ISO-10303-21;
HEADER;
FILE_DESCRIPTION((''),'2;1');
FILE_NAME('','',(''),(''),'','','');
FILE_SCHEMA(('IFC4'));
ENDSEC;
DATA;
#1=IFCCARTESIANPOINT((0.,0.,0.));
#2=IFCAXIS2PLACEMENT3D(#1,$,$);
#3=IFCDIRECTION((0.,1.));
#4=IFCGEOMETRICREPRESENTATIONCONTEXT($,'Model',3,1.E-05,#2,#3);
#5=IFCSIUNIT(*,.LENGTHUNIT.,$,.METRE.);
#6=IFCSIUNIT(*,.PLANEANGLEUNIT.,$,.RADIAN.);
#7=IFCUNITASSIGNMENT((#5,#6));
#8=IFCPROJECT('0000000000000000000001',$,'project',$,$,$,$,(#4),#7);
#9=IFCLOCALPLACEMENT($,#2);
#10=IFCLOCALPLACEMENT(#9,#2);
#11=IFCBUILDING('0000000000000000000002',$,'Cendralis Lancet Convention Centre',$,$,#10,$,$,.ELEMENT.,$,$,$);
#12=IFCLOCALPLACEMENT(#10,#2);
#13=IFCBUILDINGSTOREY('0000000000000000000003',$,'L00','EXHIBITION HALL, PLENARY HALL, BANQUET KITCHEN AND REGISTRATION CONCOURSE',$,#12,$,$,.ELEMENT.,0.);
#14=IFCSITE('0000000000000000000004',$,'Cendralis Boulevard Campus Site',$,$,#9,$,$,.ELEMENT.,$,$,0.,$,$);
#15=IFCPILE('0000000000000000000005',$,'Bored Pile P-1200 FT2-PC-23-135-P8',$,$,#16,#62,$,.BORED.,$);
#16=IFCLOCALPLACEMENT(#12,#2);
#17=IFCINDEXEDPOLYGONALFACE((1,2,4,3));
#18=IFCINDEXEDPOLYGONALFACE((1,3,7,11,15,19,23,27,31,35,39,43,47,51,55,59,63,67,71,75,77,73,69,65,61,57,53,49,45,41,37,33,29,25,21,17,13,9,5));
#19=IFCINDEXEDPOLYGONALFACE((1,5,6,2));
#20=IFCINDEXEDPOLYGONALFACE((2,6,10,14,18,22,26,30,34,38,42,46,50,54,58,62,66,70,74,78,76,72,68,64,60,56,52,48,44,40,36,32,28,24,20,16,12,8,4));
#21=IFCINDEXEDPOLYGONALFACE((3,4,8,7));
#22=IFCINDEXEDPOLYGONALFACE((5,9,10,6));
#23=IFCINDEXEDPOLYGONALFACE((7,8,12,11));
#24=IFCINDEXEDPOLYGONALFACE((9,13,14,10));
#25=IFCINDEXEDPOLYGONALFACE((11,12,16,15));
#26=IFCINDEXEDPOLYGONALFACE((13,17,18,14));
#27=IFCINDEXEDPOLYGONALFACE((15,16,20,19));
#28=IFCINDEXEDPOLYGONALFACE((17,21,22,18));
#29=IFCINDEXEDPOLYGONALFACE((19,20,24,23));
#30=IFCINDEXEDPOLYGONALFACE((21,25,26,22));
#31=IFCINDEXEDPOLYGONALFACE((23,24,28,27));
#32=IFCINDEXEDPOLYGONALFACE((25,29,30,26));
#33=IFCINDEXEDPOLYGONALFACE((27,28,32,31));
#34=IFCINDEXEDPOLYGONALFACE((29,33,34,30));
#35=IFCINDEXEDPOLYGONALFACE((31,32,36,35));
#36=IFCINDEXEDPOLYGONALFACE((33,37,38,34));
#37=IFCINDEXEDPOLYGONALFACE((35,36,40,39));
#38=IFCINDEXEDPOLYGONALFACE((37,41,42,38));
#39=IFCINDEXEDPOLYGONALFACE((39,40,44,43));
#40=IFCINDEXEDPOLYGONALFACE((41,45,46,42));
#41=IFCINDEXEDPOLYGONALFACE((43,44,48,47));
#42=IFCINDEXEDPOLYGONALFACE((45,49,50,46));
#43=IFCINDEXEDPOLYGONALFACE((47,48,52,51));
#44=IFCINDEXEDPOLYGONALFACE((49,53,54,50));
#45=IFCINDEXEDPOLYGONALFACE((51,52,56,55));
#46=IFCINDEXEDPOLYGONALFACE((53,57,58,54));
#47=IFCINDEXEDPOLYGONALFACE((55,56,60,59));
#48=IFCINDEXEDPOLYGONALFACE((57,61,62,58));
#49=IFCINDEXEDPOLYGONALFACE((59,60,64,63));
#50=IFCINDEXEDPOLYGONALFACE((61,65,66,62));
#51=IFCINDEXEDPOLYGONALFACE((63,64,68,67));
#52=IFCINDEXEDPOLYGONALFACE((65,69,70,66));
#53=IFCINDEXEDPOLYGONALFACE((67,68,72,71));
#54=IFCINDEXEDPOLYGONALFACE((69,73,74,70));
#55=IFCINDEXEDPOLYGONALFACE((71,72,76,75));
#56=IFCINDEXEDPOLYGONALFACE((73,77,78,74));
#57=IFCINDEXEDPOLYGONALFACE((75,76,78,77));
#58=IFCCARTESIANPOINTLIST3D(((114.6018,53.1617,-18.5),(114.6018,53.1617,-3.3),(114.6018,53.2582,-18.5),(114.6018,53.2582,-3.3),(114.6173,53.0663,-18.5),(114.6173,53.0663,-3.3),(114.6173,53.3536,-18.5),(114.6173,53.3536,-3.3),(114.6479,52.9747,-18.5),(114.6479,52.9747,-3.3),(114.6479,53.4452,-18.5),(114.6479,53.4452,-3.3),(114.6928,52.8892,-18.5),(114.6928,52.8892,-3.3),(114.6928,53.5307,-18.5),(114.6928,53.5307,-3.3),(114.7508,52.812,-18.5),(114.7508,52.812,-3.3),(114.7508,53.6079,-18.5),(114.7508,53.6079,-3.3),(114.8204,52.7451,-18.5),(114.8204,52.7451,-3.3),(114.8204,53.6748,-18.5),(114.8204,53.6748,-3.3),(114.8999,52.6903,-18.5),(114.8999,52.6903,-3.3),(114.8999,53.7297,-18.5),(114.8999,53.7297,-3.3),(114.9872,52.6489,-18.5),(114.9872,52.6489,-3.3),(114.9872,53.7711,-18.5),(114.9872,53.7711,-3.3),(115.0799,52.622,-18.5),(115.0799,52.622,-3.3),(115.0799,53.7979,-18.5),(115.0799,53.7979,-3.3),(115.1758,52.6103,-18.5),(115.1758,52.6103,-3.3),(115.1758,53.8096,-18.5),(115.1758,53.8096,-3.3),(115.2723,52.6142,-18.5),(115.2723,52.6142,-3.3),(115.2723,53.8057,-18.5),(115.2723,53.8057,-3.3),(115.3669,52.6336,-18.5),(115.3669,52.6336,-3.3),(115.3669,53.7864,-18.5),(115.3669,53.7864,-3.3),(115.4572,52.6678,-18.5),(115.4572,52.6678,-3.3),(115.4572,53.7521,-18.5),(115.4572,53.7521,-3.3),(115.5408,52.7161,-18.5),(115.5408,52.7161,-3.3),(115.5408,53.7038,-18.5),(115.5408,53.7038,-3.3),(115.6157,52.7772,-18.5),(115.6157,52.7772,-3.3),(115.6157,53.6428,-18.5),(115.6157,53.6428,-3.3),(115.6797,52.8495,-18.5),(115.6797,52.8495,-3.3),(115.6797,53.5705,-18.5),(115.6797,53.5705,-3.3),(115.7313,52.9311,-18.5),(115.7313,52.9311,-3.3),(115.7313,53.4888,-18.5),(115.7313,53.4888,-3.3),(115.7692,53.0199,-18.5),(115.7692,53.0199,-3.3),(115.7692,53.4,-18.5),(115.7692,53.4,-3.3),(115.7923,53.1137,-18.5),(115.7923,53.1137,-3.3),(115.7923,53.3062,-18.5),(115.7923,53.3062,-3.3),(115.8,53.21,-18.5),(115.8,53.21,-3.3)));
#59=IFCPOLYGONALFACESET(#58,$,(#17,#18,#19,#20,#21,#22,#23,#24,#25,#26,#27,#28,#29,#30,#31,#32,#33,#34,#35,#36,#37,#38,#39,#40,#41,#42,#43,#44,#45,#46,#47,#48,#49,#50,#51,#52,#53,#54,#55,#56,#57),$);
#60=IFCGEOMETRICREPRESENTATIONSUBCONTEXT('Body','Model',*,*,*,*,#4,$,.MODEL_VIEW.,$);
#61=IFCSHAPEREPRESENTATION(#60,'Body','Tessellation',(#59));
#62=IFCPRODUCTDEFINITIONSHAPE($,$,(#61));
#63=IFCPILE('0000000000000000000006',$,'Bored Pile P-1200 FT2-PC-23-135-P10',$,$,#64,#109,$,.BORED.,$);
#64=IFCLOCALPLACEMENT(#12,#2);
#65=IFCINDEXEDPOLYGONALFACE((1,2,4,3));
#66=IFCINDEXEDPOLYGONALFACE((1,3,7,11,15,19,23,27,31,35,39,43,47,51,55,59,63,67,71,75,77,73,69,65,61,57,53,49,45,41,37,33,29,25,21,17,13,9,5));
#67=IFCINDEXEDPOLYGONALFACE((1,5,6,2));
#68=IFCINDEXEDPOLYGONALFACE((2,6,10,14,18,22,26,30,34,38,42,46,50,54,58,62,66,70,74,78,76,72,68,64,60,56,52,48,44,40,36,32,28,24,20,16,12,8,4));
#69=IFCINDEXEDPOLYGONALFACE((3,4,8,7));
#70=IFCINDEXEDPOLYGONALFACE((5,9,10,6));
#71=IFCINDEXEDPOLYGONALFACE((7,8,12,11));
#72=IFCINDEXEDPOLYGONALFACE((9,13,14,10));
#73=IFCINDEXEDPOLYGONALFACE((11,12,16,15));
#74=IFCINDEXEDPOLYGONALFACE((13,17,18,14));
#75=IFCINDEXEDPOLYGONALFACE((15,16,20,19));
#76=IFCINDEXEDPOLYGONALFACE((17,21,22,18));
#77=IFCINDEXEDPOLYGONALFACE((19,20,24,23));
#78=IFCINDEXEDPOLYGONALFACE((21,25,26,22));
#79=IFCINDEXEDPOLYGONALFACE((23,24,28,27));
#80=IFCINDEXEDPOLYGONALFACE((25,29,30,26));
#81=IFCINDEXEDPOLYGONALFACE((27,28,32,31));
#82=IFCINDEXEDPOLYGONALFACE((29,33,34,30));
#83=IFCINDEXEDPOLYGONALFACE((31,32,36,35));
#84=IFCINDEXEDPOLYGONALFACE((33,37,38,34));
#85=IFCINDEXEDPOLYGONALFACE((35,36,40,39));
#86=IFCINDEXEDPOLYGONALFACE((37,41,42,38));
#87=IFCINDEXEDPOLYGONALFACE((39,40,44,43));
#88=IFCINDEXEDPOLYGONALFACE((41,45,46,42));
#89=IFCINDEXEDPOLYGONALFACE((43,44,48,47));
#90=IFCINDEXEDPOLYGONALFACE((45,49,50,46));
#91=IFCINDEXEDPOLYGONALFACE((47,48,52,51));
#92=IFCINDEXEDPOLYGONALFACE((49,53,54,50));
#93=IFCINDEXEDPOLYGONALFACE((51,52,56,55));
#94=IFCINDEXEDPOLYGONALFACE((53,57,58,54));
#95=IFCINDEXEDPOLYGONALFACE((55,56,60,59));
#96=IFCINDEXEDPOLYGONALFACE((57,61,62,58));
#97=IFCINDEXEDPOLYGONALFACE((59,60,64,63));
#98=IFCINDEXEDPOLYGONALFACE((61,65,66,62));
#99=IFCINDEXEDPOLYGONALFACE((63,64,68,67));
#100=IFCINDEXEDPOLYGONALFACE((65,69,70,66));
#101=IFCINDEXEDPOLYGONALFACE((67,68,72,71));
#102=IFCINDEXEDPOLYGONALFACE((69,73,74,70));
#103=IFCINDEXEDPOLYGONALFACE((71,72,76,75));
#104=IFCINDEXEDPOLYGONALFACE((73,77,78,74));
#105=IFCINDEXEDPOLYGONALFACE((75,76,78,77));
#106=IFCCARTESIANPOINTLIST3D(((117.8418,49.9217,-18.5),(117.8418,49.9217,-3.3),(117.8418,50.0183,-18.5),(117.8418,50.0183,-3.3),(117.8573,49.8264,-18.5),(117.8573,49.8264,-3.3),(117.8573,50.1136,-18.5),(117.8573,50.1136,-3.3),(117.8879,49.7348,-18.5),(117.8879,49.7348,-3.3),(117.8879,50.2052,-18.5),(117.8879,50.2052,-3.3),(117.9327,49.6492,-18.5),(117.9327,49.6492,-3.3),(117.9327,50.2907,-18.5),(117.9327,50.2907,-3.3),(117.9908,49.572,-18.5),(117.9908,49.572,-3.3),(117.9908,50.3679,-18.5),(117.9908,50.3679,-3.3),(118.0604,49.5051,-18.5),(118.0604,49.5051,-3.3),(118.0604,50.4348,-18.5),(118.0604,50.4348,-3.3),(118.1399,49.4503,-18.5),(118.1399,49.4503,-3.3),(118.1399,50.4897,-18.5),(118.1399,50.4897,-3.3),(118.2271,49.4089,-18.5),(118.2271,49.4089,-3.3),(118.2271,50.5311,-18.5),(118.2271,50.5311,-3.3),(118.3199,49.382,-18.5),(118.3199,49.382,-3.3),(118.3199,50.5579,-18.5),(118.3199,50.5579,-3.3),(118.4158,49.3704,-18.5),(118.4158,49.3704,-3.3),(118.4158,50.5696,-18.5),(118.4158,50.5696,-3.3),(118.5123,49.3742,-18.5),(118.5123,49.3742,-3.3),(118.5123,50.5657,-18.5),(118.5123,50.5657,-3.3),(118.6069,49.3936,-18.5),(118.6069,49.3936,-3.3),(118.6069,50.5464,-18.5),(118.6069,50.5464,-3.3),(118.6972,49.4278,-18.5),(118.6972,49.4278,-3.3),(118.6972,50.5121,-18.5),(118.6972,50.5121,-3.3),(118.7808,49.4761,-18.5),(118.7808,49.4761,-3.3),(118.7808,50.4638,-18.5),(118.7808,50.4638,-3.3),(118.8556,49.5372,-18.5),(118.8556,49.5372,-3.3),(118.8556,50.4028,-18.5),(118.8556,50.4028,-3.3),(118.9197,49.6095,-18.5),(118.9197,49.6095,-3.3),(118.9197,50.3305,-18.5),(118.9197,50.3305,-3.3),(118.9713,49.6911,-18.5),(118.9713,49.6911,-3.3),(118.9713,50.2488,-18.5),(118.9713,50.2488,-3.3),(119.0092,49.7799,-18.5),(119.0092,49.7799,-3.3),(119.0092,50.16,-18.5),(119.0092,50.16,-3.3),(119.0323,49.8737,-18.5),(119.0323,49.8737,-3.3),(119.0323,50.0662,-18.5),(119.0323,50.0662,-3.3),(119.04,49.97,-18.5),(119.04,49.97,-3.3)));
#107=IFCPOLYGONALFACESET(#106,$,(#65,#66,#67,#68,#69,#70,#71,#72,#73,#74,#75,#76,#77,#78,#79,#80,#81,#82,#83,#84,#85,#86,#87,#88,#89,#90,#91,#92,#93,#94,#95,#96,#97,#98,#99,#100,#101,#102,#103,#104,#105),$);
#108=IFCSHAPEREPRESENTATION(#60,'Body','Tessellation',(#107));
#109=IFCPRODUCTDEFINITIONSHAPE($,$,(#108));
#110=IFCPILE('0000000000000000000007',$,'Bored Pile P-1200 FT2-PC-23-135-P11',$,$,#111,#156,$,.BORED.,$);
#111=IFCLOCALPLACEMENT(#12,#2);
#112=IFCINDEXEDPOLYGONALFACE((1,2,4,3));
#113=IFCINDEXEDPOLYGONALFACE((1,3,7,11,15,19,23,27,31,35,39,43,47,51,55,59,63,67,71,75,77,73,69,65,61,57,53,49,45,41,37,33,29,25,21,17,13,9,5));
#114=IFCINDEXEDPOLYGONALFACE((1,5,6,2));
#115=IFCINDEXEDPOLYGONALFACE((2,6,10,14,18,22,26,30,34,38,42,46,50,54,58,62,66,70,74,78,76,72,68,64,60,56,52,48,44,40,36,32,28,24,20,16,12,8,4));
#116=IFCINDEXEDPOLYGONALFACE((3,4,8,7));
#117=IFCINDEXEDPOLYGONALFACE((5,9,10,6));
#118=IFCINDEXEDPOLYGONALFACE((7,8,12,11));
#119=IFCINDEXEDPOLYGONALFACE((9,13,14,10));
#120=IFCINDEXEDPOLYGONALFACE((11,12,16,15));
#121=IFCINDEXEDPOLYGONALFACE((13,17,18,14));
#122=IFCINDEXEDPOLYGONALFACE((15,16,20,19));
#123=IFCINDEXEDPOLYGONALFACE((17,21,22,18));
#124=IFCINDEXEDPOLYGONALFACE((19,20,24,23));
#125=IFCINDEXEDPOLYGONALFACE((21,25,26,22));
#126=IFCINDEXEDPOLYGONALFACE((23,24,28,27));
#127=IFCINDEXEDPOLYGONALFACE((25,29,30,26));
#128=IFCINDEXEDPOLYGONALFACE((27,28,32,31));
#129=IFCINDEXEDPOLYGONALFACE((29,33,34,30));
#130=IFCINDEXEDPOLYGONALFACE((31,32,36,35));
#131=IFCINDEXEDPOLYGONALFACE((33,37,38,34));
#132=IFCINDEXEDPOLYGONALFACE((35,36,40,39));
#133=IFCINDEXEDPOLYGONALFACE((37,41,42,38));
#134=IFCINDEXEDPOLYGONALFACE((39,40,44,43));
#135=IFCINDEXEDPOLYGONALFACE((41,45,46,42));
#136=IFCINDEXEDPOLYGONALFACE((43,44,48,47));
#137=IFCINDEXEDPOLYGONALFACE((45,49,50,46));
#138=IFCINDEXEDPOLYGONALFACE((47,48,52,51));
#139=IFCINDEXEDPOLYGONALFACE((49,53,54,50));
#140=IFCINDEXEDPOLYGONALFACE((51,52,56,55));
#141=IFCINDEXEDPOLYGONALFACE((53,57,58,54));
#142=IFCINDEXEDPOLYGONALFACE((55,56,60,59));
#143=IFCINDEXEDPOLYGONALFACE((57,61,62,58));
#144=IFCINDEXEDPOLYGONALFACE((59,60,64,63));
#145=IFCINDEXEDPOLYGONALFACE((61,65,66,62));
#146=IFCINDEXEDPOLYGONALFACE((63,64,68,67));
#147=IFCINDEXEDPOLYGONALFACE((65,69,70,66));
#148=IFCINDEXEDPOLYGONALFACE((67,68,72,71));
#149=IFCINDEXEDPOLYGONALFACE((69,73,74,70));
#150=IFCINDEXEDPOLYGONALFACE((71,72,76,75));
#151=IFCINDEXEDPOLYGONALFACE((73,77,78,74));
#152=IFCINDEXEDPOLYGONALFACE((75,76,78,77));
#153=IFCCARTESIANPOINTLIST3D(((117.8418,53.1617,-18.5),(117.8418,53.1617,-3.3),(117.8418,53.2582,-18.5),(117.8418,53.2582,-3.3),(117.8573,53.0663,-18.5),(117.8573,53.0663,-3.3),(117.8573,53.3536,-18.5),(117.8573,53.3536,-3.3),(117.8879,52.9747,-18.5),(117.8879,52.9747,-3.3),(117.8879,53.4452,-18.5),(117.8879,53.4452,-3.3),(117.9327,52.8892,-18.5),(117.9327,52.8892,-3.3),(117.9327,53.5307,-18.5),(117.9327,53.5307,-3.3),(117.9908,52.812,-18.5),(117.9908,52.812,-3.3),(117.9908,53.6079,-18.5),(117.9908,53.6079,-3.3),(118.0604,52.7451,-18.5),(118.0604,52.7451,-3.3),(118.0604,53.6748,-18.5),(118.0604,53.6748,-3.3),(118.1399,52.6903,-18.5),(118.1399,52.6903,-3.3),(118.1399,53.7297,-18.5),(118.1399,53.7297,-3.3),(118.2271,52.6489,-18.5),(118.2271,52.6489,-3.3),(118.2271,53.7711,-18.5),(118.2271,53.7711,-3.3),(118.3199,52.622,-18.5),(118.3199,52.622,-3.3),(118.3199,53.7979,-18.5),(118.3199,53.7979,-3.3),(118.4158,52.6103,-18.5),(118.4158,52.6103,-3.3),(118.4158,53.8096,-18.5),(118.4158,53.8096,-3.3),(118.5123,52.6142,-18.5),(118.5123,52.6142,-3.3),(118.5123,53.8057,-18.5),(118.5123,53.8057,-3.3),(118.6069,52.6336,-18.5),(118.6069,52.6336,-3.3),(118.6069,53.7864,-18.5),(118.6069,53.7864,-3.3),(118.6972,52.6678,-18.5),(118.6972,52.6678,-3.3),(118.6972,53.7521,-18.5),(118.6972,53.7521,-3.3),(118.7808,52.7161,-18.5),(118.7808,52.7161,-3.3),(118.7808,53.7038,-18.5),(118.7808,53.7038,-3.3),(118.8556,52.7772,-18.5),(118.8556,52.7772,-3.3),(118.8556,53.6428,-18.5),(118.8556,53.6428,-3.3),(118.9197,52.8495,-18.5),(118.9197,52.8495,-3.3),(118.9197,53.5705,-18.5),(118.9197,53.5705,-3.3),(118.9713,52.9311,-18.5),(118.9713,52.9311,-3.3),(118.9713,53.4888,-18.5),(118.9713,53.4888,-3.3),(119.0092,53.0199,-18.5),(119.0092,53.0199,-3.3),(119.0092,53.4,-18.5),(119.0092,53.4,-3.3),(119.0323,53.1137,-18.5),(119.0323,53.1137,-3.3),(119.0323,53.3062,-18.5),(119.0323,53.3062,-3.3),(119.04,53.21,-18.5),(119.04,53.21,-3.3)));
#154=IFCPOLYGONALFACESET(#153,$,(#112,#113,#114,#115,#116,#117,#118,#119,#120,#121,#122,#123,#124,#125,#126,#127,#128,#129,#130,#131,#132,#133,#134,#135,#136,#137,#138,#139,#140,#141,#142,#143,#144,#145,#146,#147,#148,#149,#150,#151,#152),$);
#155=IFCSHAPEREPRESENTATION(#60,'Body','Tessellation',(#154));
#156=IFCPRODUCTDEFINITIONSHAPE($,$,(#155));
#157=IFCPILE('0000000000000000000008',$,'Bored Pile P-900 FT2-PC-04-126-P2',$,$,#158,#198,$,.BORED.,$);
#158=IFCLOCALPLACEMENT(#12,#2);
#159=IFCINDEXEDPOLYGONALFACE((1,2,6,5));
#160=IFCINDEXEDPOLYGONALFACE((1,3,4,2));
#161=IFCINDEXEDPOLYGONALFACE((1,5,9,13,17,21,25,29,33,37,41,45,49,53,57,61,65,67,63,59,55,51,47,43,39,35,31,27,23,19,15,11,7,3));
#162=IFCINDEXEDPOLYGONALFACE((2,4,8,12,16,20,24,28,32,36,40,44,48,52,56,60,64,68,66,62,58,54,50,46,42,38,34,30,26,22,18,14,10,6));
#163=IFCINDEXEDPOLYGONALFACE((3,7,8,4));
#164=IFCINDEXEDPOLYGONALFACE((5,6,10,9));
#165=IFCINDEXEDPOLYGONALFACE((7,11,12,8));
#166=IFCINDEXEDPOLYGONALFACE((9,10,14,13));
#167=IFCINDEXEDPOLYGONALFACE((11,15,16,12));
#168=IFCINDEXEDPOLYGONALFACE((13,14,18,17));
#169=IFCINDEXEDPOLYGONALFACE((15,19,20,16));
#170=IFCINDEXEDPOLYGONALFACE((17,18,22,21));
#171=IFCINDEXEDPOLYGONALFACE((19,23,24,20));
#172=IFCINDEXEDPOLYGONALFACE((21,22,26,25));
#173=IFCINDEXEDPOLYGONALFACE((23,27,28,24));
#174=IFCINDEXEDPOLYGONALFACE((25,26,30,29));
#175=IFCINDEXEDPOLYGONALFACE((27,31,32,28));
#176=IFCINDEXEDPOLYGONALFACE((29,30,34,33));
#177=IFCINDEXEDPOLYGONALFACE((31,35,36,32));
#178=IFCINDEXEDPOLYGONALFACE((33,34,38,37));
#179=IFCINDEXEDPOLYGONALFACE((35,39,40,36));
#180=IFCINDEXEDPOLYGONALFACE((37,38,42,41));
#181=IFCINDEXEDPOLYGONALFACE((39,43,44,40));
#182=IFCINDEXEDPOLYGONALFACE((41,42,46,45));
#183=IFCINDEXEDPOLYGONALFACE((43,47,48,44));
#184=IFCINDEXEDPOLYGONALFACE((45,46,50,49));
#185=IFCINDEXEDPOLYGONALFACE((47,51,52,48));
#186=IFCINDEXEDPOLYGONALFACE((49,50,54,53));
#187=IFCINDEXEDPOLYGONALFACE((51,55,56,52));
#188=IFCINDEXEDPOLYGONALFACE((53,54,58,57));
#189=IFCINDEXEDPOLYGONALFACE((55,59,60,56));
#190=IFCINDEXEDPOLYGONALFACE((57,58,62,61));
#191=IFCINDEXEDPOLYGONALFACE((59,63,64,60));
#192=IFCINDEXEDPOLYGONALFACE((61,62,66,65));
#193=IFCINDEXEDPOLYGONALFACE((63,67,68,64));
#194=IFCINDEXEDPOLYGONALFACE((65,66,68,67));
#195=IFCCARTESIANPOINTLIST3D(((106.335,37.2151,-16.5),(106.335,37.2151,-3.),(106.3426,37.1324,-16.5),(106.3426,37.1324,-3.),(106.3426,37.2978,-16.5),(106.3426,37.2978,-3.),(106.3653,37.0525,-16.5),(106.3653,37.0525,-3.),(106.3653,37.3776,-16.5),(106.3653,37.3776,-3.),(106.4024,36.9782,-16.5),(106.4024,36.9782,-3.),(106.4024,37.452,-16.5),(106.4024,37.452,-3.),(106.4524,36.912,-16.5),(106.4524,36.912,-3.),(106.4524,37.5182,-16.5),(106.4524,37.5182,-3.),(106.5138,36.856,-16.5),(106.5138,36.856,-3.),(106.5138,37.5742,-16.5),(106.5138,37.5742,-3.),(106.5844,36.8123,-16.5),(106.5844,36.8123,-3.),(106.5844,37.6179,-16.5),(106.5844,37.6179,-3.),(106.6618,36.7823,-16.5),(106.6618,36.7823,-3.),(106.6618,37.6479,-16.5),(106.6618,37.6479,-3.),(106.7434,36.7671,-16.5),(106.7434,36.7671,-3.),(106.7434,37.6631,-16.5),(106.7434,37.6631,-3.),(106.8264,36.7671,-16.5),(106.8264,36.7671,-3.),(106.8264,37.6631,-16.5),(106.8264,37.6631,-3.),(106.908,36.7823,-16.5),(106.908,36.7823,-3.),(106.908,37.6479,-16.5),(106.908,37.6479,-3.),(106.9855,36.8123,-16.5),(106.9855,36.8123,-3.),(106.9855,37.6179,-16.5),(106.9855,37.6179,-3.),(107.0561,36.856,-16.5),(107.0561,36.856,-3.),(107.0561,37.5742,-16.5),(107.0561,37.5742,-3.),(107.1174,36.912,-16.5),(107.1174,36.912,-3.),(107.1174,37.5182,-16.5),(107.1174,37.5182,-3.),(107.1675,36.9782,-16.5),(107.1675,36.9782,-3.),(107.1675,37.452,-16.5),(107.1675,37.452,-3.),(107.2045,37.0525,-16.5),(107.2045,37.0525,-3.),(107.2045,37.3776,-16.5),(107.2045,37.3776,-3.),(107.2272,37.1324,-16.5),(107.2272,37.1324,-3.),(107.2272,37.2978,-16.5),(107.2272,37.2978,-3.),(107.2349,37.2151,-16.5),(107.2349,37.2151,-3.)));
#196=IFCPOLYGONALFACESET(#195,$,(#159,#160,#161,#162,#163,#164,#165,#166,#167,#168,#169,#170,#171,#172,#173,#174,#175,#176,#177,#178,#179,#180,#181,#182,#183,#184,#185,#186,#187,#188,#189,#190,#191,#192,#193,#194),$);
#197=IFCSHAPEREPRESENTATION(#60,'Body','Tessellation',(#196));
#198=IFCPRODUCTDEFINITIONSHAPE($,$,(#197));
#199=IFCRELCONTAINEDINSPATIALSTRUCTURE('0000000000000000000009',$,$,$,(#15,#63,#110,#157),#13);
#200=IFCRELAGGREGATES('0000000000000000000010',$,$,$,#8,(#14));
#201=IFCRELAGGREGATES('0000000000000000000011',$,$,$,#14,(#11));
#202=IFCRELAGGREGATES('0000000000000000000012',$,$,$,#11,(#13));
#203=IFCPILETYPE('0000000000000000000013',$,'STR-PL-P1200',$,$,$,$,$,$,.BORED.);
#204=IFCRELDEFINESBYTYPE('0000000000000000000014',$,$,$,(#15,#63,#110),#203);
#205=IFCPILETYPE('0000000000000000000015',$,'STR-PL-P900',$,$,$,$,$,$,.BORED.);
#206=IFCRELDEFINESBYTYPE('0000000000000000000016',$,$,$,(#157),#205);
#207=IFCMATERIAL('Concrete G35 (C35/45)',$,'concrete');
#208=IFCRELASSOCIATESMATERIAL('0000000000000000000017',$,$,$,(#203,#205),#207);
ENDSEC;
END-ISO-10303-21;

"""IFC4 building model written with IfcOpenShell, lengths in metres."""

from ifc_helpers import new_model, si_unit, direction, frame, origin, origin_2d, place, context, subcontext, project, spatial, circle, extrude, material, material_profile, profile_set, type_object, element, save


model = new_model("IFC4")

# Units and contexts
model_context = context("Model", 3, precision=1e-05, world=origin(), true_north=direction((0.0, 1.0)))
body_context = subcontext(model_context, "Body", "Model", "MODEL_VIEW")
ifc_project = project(units=[si_unit("LENGTHUNIT", "METRE"), si_unit("PLANEANGLEUNIT", "RADIAN")], contexts=[model_context])

# Site, building, storey
site_placement = place(None, origin())
site = spatial("IfcSite", under=ifc_project, at=site_placement, Name="Cendralis Boulevard Campus Site", CompositionType="ELEMENT", RefElevation=0.0)
building_placement = place(site_placement, origin())
building = spatial("IfcBuilding", under=site, at=building_placement, Name="Cendralis Lancet Convention Centre", CompositionType="ELEMENT")
storey_placement = place(building_placement, origin())
storey = spatial("IfcBuildingStorey", under=building, at=storey_placement, Name="L00", Description="EXHIBITION HALL, PLENARY HALL, BANQUET KITCHEN AND REGISTRATION CONCOURSE", CompositionType="ELEMENT", Elevation=0.0)

# Shared definitions
ifc_material_1 = material(Name="Concrete G35 (C35/45)", Category="concrete")

# Piles
ifc_material_profile_1 = material_profile(ifc_material_1, circle(Radius=0.6001, at=origin_2d()), Name="BORED PILE D1200")
ifc_profile_set_1 = profile_set([ifc_material_profile_1], Name="Concrete G35 (C35/45)")
pile_type_1 = type_object("IfcPileType", Name="STR-PL-P1200", PredefinedType="BORED", material=ifc_profile_set_1)
for number, where, z_axis, x_axis, name in (
    (1, (115.2, 53.21, -3.3), (0.0, 0.0, -1.0), (1.0, 0.0, 0.0), "Bored Pile P-1200 FT2-PC-23-135-P8"),
    (2, (118.4399, 49.97, -3.3), (0.0, 0.0, -1.0), (1.0, 0.0, 0.0), "Bored Pile P-1200 FT2-PC-23-135-P10"),
    (3, (118.4399, 53.21, -3.3), (0.0, 0.0, -1.0), (1.0, 0.0, 0.0), "Bored Pile P-1200 FT2-PC-23-135-P11"),
):
    element("IfcPile", number, at=place(storey_placement, frame(where, z_axis=z_axis, x_axis=x_axis)), inside=storey, type_object=pile_type_1, Name=name, PredefinedType="BORED", context=body_context, shape_type="SweptSolid", body=[
        extrude(circle(Radius=0.6001, at=origin_2d()), origin(), (0.0, 0.0, 1.0), 15.2),
    ])
ifc_material_profile_2 = material_profile(ifc_material_1, circle(Radius=0.45, at=origin_2d()), Name="BORED PILE D900")
ifc_profile_set_2 = profile_set([ifc_material_profile_2], Name="Concrete G35 (C35/45)")
pile_type_2 = type_object("IfcPileType", Name="STR-PL-P900", PredefinedType="BORED", material=ifc_profile_set_2)
for number, where, z_axis, x_axis, name in (
    (4, (106.7849, 37.2151, -3.0), (0.0, 0.0, -1.0), (1.0, 0.0, 0.0), "Bored Pile P-900 FT2-PC-04-126-P2"),
):
    element("IfcPile", number, at=place(storey_placement, frame(where, z_axis=z_axis, x_axis=x_axis)), inside=storey, type_object=pile_type_2, Name=name, PredefinedType="BORED", context=body_context, shape_type="SweptSolid", body=[
        extrude(circle(Radius=0.45, at=origin_2d()), origin(), (0.0, 0.0, 1.0), 13.5),
    ])

save(model, "model.ifc")
